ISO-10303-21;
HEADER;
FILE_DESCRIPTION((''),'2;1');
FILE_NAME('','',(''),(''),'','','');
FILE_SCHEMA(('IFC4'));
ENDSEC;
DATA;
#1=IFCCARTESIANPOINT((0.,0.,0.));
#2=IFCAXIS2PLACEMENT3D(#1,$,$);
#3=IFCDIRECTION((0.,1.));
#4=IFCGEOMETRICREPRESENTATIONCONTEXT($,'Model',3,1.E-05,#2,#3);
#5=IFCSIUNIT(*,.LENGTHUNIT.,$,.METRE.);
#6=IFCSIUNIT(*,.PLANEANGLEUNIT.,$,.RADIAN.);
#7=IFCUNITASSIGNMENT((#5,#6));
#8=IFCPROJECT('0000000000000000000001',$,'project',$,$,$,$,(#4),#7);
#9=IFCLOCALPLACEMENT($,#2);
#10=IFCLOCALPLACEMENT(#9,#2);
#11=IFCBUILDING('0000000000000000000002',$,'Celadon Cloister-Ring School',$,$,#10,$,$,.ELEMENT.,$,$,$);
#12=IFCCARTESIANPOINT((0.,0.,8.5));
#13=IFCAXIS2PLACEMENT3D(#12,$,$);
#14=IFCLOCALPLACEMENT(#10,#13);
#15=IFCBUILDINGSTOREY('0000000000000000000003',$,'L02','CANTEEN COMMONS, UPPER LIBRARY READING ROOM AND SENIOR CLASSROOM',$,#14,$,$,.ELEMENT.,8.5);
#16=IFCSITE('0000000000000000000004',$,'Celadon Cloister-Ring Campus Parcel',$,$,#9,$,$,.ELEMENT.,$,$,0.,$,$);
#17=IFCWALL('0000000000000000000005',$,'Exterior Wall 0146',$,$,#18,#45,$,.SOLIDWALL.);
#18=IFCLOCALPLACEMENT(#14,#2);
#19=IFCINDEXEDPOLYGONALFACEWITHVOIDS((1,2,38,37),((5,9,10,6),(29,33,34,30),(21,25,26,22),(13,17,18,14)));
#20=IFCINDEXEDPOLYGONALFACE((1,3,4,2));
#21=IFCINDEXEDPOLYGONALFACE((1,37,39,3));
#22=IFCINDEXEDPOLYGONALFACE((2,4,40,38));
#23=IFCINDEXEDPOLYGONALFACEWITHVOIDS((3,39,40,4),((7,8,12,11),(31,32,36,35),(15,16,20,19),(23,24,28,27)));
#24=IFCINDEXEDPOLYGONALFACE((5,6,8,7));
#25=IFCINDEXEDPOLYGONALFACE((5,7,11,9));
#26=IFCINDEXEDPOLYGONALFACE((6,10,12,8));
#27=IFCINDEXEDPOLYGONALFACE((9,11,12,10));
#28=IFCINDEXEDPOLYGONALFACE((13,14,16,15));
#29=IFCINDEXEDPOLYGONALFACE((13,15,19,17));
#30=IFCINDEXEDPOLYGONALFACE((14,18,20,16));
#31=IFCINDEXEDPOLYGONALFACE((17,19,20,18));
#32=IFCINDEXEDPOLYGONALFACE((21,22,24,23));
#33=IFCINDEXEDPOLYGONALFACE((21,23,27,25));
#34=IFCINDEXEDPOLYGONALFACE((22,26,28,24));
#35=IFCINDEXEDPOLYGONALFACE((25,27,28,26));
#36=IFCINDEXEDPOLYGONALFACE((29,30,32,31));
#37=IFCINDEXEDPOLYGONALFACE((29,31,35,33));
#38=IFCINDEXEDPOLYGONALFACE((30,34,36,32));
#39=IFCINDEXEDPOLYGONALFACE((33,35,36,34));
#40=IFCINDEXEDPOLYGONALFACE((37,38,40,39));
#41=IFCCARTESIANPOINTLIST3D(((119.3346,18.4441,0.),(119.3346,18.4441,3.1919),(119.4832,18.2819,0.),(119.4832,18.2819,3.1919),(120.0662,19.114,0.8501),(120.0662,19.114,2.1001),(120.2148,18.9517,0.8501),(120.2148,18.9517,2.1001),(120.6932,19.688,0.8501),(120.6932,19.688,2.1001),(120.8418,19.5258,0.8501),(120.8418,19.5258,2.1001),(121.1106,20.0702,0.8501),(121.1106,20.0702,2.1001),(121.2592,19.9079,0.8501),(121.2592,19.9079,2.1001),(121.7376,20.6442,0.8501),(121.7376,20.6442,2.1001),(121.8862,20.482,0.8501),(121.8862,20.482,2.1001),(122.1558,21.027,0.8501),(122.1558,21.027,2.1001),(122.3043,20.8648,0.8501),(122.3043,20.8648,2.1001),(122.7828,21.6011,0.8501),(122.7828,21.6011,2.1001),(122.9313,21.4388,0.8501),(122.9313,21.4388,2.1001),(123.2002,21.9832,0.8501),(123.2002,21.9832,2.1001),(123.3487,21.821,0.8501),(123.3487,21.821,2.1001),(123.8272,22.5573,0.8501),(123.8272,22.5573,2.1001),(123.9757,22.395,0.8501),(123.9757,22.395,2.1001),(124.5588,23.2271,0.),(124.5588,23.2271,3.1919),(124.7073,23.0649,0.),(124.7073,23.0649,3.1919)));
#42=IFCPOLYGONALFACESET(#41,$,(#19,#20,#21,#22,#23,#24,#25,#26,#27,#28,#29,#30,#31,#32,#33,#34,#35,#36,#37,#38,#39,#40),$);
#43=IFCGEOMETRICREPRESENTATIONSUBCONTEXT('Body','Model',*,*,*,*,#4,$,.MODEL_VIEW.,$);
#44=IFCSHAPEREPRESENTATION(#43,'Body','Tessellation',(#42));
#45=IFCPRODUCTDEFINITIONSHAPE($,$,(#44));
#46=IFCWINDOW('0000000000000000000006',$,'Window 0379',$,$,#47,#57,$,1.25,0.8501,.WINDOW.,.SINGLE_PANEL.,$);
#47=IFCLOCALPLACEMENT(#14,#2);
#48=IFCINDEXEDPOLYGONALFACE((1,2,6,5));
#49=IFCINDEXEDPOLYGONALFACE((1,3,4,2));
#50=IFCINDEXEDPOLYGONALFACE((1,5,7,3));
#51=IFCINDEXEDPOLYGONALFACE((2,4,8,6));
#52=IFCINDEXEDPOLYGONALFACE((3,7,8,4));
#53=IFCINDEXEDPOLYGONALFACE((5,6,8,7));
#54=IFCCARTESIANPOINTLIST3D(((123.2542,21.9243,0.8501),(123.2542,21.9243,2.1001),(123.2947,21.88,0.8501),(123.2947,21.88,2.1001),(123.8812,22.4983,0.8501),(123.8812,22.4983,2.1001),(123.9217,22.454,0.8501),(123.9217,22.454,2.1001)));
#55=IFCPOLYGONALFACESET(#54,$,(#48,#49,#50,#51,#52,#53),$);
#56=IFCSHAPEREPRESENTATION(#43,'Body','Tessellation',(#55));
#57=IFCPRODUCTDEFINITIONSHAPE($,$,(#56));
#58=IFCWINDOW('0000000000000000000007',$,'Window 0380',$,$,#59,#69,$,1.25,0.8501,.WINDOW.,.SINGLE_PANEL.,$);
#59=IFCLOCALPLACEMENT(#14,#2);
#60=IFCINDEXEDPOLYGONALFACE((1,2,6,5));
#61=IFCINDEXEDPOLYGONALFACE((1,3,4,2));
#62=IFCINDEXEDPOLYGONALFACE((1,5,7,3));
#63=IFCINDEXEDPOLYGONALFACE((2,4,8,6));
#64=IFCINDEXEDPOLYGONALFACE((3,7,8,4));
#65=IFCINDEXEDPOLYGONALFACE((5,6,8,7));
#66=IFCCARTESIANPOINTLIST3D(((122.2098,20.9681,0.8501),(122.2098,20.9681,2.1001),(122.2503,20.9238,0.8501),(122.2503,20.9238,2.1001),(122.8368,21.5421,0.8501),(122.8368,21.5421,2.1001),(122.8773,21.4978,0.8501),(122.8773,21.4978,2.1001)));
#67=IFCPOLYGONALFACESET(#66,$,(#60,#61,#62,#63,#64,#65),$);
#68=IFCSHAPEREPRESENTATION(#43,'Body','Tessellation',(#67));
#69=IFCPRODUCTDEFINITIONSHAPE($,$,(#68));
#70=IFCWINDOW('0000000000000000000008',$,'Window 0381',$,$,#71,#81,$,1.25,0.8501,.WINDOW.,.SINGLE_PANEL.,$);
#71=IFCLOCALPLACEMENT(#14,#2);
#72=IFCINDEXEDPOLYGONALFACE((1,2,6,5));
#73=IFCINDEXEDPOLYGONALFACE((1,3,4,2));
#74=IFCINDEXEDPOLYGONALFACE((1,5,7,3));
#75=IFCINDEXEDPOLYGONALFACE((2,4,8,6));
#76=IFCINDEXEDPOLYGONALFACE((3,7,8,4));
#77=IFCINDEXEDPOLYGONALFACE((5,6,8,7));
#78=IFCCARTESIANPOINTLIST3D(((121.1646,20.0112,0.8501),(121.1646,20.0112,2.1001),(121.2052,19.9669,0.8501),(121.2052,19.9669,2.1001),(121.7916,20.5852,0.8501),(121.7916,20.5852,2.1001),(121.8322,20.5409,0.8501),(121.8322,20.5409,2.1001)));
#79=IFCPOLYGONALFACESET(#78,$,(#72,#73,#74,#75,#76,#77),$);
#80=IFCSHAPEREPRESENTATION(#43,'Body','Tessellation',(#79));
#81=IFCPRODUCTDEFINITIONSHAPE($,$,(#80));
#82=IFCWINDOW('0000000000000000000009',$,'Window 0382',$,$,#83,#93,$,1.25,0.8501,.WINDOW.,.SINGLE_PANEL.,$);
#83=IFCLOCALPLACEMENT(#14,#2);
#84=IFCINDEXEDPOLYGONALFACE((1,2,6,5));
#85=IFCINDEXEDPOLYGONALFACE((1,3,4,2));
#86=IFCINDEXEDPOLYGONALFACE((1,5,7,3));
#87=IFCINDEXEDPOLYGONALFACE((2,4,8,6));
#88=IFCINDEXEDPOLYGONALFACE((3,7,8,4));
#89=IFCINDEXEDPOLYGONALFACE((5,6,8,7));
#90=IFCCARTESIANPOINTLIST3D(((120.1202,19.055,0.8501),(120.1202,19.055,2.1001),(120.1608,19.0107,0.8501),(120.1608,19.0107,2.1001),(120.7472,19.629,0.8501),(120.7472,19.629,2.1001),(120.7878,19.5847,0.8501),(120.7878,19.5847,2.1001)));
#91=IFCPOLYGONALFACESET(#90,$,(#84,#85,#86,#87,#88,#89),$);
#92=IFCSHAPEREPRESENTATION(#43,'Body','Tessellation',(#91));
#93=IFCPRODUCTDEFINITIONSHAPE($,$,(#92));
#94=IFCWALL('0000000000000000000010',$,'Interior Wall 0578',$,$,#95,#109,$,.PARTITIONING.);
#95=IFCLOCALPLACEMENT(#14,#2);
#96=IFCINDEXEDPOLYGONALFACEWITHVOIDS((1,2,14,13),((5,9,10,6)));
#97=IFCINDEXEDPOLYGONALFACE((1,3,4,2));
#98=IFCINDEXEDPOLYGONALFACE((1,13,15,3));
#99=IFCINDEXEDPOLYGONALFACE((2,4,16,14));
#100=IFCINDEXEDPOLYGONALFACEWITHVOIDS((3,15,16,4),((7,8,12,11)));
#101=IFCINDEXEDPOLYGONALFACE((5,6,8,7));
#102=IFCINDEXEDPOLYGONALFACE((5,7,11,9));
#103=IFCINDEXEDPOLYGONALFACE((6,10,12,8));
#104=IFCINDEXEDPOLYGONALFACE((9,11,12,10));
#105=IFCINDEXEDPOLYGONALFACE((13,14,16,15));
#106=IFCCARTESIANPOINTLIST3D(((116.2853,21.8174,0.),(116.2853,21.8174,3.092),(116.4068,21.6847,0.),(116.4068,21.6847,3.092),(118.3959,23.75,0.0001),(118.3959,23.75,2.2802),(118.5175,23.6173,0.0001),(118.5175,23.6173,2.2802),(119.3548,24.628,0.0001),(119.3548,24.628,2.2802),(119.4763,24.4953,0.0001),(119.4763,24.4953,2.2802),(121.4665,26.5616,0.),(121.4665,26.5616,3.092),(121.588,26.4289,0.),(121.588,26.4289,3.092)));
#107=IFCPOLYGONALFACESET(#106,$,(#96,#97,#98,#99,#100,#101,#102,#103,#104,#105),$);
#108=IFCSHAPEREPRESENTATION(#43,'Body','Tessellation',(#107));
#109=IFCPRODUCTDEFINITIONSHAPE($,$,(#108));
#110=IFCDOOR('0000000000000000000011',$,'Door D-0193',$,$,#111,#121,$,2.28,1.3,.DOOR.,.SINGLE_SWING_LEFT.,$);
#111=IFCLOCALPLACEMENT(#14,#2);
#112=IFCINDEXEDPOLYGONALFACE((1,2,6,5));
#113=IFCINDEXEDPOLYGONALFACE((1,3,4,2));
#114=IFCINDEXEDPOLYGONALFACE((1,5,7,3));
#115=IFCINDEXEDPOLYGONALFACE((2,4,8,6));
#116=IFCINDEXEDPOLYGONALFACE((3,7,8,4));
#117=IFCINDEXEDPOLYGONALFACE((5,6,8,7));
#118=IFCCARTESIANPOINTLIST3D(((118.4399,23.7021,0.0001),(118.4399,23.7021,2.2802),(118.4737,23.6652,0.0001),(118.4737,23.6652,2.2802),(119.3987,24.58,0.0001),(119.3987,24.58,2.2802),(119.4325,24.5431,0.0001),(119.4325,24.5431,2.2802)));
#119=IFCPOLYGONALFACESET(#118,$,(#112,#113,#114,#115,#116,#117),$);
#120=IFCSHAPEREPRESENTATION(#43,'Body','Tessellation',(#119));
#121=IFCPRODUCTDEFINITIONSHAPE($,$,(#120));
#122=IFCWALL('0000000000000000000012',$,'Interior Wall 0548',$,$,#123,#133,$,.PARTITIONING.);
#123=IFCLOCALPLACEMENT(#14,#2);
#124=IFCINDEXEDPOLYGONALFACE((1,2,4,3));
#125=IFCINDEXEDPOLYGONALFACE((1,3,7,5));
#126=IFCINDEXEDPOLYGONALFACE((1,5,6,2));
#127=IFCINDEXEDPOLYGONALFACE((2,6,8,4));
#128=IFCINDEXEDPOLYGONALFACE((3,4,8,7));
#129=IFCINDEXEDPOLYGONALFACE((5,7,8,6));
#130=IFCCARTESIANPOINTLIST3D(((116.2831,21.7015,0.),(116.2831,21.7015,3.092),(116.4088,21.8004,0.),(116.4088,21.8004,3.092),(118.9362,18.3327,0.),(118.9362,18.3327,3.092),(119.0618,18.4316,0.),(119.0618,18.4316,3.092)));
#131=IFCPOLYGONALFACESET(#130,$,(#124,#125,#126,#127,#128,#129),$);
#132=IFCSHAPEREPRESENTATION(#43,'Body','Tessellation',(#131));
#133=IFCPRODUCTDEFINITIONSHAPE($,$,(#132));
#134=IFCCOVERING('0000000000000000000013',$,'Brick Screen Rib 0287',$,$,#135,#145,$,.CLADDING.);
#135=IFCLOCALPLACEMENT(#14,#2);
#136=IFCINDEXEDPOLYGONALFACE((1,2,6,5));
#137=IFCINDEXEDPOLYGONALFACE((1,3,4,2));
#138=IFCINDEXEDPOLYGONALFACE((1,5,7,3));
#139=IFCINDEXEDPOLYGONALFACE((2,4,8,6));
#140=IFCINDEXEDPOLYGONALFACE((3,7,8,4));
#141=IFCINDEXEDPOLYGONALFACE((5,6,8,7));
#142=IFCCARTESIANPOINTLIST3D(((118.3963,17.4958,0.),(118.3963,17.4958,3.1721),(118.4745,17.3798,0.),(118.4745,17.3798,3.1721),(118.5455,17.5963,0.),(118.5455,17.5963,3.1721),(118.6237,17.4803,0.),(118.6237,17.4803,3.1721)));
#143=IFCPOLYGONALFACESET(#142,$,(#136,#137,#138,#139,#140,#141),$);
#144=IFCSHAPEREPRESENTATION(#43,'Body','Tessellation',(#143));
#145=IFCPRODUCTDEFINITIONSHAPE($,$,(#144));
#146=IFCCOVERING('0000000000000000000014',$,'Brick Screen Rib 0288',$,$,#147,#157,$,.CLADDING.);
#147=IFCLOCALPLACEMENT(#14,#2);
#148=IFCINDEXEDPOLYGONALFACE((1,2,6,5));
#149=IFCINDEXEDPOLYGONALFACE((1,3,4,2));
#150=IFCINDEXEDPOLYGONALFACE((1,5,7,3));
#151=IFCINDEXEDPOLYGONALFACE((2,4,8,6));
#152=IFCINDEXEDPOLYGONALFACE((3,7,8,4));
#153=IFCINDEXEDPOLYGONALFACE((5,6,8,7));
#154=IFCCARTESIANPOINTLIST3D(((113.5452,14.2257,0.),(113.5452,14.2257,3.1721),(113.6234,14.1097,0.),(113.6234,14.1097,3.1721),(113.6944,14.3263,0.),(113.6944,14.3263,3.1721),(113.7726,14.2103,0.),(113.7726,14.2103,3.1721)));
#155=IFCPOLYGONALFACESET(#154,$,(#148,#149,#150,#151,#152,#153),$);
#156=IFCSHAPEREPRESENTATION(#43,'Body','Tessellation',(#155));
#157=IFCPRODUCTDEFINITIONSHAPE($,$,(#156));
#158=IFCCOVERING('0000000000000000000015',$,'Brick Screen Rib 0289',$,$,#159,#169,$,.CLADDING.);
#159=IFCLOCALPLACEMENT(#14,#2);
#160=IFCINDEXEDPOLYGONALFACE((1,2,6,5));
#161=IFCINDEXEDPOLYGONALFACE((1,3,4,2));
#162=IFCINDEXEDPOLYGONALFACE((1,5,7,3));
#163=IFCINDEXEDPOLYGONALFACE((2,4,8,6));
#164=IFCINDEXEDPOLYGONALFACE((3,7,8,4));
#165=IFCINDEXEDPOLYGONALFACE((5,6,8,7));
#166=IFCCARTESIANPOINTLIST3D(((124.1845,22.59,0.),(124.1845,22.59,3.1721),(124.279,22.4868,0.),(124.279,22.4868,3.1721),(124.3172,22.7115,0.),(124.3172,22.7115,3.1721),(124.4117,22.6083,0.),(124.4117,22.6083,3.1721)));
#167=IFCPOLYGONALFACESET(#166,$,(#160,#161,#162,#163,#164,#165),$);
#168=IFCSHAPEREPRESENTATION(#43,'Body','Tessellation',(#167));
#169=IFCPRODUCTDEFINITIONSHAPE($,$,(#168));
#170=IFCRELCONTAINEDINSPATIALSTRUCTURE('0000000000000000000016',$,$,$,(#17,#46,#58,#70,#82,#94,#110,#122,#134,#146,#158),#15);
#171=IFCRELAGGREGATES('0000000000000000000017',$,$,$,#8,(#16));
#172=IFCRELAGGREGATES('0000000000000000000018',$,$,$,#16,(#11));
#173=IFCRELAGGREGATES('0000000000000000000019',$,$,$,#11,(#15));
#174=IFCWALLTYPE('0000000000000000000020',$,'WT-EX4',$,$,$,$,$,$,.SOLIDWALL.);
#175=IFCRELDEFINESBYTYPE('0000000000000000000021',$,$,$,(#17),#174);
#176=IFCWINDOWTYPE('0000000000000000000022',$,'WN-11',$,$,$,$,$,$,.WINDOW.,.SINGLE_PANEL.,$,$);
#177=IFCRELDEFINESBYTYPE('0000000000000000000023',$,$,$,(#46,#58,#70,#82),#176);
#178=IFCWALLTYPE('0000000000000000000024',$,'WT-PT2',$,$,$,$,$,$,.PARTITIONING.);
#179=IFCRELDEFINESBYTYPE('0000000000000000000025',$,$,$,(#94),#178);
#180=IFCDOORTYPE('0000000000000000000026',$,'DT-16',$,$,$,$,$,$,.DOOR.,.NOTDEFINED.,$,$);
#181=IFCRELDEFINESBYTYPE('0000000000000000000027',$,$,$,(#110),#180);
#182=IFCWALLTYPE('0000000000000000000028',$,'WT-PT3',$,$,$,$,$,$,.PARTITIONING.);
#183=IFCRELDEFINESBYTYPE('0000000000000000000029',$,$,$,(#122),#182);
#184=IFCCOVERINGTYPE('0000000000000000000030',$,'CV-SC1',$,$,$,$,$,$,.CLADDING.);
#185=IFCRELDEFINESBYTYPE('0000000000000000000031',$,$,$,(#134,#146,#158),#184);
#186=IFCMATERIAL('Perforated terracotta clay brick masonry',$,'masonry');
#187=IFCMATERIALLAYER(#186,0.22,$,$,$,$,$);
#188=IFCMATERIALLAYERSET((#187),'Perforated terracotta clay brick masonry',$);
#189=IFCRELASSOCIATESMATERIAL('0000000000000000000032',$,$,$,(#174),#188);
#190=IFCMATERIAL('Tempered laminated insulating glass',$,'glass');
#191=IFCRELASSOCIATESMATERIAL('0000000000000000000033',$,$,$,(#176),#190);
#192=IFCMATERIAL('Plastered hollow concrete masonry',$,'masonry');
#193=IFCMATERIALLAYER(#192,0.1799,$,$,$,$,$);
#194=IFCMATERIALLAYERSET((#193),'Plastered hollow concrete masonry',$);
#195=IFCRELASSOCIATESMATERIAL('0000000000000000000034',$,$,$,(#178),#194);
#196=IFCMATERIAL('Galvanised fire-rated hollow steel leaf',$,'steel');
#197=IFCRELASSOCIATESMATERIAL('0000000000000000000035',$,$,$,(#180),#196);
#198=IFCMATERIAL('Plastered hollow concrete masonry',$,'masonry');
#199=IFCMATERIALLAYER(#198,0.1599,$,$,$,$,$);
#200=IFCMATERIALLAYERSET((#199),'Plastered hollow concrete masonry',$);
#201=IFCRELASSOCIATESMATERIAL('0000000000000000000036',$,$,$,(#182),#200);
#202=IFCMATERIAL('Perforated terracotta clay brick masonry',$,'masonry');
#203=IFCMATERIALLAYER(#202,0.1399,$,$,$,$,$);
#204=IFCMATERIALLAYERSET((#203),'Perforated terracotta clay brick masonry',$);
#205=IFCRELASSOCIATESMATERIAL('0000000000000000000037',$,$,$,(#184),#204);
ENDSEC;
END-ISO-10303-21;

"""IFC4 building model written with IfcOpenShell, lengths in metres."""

from ifc_helpers import new_model, si_unit, direction, frame, frame_2d, origin, origin_2d, place, context, subcontext, project, spatial, rectangle, extrude, material, layer, layer_set, type_object, element, fill, save


model = new_model("IFC4")

# Units and contexts
model_context = context("Model", 3, precision=1e-05, world=origin(), true_north=direction((0.0, 1.0)))
body_context = subcontext(model_context, "Body", "Model", "MODEL_VIEW")
ifc_project = project(units=[si_unit("LENGTHUNIT", "METRE"), si_unit("PLANEANGLEUNIT", "RADIAN")], contexts=[model_context])

# Site, building, storey
site_placement = place(None, origin())
site = spatial("IfcSite", under=ifc_project, at=site_placement, Name="Celadon Cloister-Ring Campus Parcel", CompositionType="ELEMENT", RefElevation=0.0)
building_placement = place(site_placement, origin())
building = spatial("IfcBuilding", under=site, at=building_placement, Name="Celadon Cloister-Ring School", CompositionType="ELEMENT")
storey_placement = place(building_placement, frame((0.0, 0.0, 8.5)))
storey = spatial("IfcBuildingStorey", under=building, at=storey_placement, Name="L02", Description="CANTEEN COMMONS, UPPER LIBRARY READING ROOM AND SENIOR CLASSROOM", CompositionType="ELEMENT", Elevation=8.5)

# Wall, openings, windows
ifc_material_1 = material(Name="Perforated terracotta clay brick masonry", Category="masonry")
ifc_layer_1 = layer(ifc_material_1, 0.22)
ifc_layer_set_1 = layer_set([ifc_layer_1], Name="Perforated terracotta clay brick masonry")
wall_type_1 = type_object("IfcWallType", Name="WT-EX4", PredefinedType="SOLIDWALL", material=ifc_layer_set_1)
ifc_material_2 = material(Name="Tempered laminated insulating glass", Category="glass")
window_type = type_object("IfcWindowType", Name="WN-11", PartitioningType="SINGLE_PANEL", PredefinedType="WINDOW", material=ifc_material_2)
wall_1_placement = place(storey_placement, frame((124.6331, 23.146, 0.0), z_axis=(0.0, 0.0, 1.0), x_axis=(-0.737563, -0.675278, 0.0)))
wall_1 = element("IfcWall", 1, at=wall_1_placement, inside=storey, type_object=wall_type_1, Name="Exterior Wall 0146", PredefinedType="SOLIDWALL", context=body_context, shape_type="SweptSolid", body=[
    extrude(rectangle(XDim=7.083, YDim=0.22, at=frame_2d((3.5415, 0.0))), origin(), (0.0, 0.0, 1.0), 3.1919),
])
opening_1_placement = place(wall_1_placement, frame((0.9919, 0.0, 0.8501)))
opening_1 = element("IfcOpeningElement", 2, at=opening_1_placement, cuts=wall_1, PredefinedType="OPENING", context=body_context, shape_type="SweptSolid", body=[
    extrude(rectangle(XDim=0.8501, YDim=1.25, at=frame_2d((0.425, 0.625))), frame((0.0, 0.1201, 0.0), z_axis=(0.0, -1.0, 0.0), x_axis=(1.0, 0.0, 0.0)), (0.0, 0.0, 1.0), 0.24),
])
opening_2_placement = place(wall_1_placement, frame((2.408, 0.0, 0.8501)))
opening_2 = element("IfcOpeningElement", 3, at=opening_2_placement, cuts=wall_1, PredefinedType="OPENING", context=body_context, shape_type="SweptSolid", body=[
    extrude(rectangle(XDim=0.8501, YDim=1.25, at=frame_2d((0.425, 0.625))), frame((0.0, 0.1201, 0.0), z_axis=(0.0, -1.0, 0.0), x_axis=(1.0, 0.0, 0.0)), (0.0, 0.0, 1.0), 0.24),
])
opening_3_placement = place(wall_1_placement, frame((3.825, 0.0, 0.8501)))
opening_3 = element("IfcOpeningElement", 4, at=opening_3_placement, cuts=wall_1, PredefinedType="OPENING", context=body_context, shape_type="SweptSolid", body=[
    extrude(rectangle(XDim=0.8501, YDim=1.25, at=frame_2d((0.425, 0.625))), frame((0.0, 0.1201, 0.0), z_axis=(0.0, -1.0, 0.0), x_axis=(1.0, 0.0, 0.0)), (0.0, 0.0, 1.0), 0.24),
])
opening_4_placement = place(wall_1_placement, frame((5.241, 0.0, 0.8501)))
opening_4 = element("IfcOpeningElement", 5, at=opening_4_placement, cuts=wall_1, PredefinedType="OPENING", context=body_context, shape_type="SweptSolid", body=[
    extrude(rectangle(XDim=0.8501, YDim=1.25, at=frame_2d((0.425, 0.625))), frame((0.0, 0.1201, 0.0), z_axis=(0.0, -1.0, 0.0), x_axis=(1.0, 0.0, 0.0)), (0.0, 0.0, 1.0), 0.24),
])
window_1_placement = place(opening_1_placement, origin())
window_1 = element("IfcWindow", 6, at=window_1_placement, inside=storey, type_object=window_type, Name="Window 0379", OverallHeight=1.25, OverallWidth=0.8501, PartitioningType="SINGLE_PANEL", PredefinedType="WINDOW", context=body_context, shape_type="SweptSolid", body=[
    extrude(rectangle(XDim=0.8501, YDim=1.25, at=frame_2d((0.425, 0.625))), frame((0.0, 0.03, 0.0), z_axis=(0.0, -1.0, 0.0), x_axis=(1.0, 0.0, 0.0)), (0.0, 0.0, 1.0), 0.0601),
])
fill(opening_1, window_1)
window_2_placement = place(opening_2_placement, origin())
window_2 = element("IfcWindow", 7, at=window_2_placement, inside=storey, type_object=window_type, Name="Window 0380", OverallHeight=1.25, OverallWidth=0.8501, PartitioningType="SINGLE_PANEL", PredefinedType="WINDOW", context=body_context, shape_type="SweptSolid", body=[
    extrude(rectangle(XDim=0.8501, YDim=1.25, at=frame_2d((0.425, 0.625))), frame((0.0, 0.03, 0.0), z_axis=(0.0, -1.0, 0.0), x_axis=(1.0, 0.0, 0.0)), (0.0, 0.0, 1.0), 0.0601),
])
fill(opening_2, window_2)
window_3_placement = place(opening_3_placement, origin())
window_3 = element("IfcWindow", 8, at=window_3_placement, inside=storey, type_object=window_type, Name="Window 0381", OverallHeight=1.25, OverallWidth=0.8501, PartitioningType="SINGLE_PANEL", PredefinedType="WINDOW", context=body_context, shape_type="SweptSolid", body=[
    extrude(rectangle(XDim=0.8501, YDim=1.25, at=frame_2d((0.425, 0.625))), frame((0.0, 0.03, 0.0), z_axis=(0.0, -1.0, 0.0), x_axis=(1.0, 0.0, 0.0)), (0.0, 0.0, 1.0), 0.0601),
])
fill(opening_3, window_3)
window_4_placement = place(opening_4_placement, origin())
window_4 = element("IfcWindow", 9, at=window_4_placement, inside=storey, type_object=window_type, Name="Window 0382", OverallHeight=1.25, OverallWidth=0.8501, PartitioningType="SINGLE_PANEL", PredefinedType="WINDOW", context=body_context, shape_type="SweptSolid", body=[
    extrude(rectangle(XDim=0.8501, YDim=1.25, at=frame_2d((0.425, 0.625))), frame((0.0, 0.03, 0.0), z_axis=(0.0, -1.0, 0.0), x_axis=(1.0, 0.0, 0.0)), (0.0, 0.0, 1.0), 0.0601),
])
fill(opening_4, window_4)

# Wall, opening, door
ifc_material_3 = material(Name="Plastered hollow concrete masonry", Category="masonry")
ifc_layer_2 = layer(ifc_material_3, 0.1799)
ifc_layer_set_2 = layer_set([ifc_layer_2], Name="Plastered hollow concrete masonry")
wall_type_2 = type_object("IfcWallType", Name="WT-PT2", PredefinedType="PARTITIONING", material=ifc_layer_set_2)
wall_2_placement = place(storey_placement, frame((116.3459, 21.751, 0.0), z_axis=(0.0, 0.0, 1.0), x_axis=(0.737526, 0.675319, 0.0)))
wall_2 = element("IfcWall", 10, at=wall_2_placement, inside=storey, type_object=wall_type_2, Name="Interior Wall 0578", PredefinedType="PARTITIONING", context=body_context, shape_type="SweptSolid", body=[
    extrude(rectangle(XDim=7.0251, YDim=0.1799, at=frame_2d((3.5127, 0.0))), origin(), (0.0, 0.0, 1.0), 3.092),
])
opening_5_placement = place(wall_2_placement, frame((2.8621, 0.0, 0.0)))
opening_5 = element("IfcOpeningElement", 11, at=opening_5_placement, cuts=wall_2, PredefinedType="OPENING", context=body_context, shape_type="SweptSolid", body=[
    extrude(rectangle(XDim=1.3, YDim=2.28, at=frame_2d((0.6499, 1.1401))), frame((0.0, 0.1001, 0.0), z_axis=(0.0, -1.0, 0.0), x_axis=(1.0, 0.0, 0.0)), (0.0, 0.0, 1.0), 0.2),
])
ifc_material_4 = material(Name="Galvanised fire-rated hollow steel leaf", Category="steel")
door_type = type_object("IfcDoorType", Name="DT-16", OperationType="NOTDEFINED", PredefinedType="DOOR", material=ifc_material_4)
door_placement = place(opening_5_placement, origin())
door = element("IfcDoor", 12, at=door_placement, inside=storey, type_object=door_type, Name="Door D-0193", OperationType="SINGLE_SWING_LEFT", OverallHeight=2.28, OverallWidth=1.3, PredefinedType="DOOR", context=body_context, shape_type="SweptSolid", body=[
    extrude(rectangle(XDim=1.3, YDim=2.28, at=frame_2d((0.6499, 1.1401))), frame((0.0, 0.0249, 0.0), z_axis=(0.0, -1.0, 0.0), x_axis=(1.0, 0.0, 0.0)), (0.0, 0.0, 1.0), 0.05),
])
fill(opening_5, door)

# Wall
ifc_material_5 = material(Name="Plastered hollow concrete masonry", Category="masonry")
ifc_layer_3 = layer(ifc_material_5, 0.1599)
ifc_layer_set_3 = layer_set([ifc_layer_3], Name="Plastered hollow concrete masonry")
wall_type_3 = type_object("IfcWallType", Name="WT-PT3", PredefinedType="PARTITIONING", material=ifc_layer_set_3)
wall_3_placement = place(storey_placement, frame((116.3459, 21.751, 0.0), z_axis=(0.0, 0.0, 1.0), x_axis=(0.618699, -0.785628, 0.0)))
element("IfcWall", 13, at=wall_3_placement, inside=storey, type_object=wall_type_3, Name="Interior Wall 0548", PredefinedType="PARTITIONING", context=body_context, shape_type="SweptSolid", body=[
    extrude(rectangle(XDim=4.2881, YDim=0.1599, at=frame_2d((2.144, 0.0))), origin(), (0.0, 0.0, 1.0), 3.092),
])

# Coverings
ifc_material_6 = material(Name="Perforated terracotta clay brick masonry", Category="masonry")
ifc_layer_4 = layer(ifc_material_6, 0.1399)
ifc_layer_set_4 = layer_set([ifc_layer_4], Name="Perforated terracotta clay brick masonry")
covering_type = type_object("IfcCoveringType", Name="CV-SC1", PredefinedType="CLADDING", material=ifc_layer_set_4)
for number, where, z_axis, x_axis, name in (
    (14, (118.51, 17.488, 0.0), (0.0, 0.0, 1.0), (-0.829213, -0.558932, 0.0), "Brick Screen Rib 0287"),
    (15, (113.6589, 14.218, 0.0), (0.0, 0.0, 1.0), (-0.829213, -0.558932, 0.0), "Brick Screen Rib 0288"),
    (16, (124.2981, 22.5991, 0.0), (0.0, 0.0, 1.0), (-0.737548, -0.675294, 0.0), "Brick Screen Rib 0289"),
):
    element("IfcCovering", number, at=place(storey_placement, frame(where, z_axis=z_axis, x_axis=x_axis)), inside=storey, type_object=covering_type, Name=name, PredefinedType="CLADDING", context=body_context, shape_type="SweptSolid", body=[
        extrude(rectangle(XDim=0.1799, YDim=0.1399, at=origin_2d()), origin(), (0.0, 0.0, 1.0), 3.1721),
    ])

save(model, "model.ifc")
